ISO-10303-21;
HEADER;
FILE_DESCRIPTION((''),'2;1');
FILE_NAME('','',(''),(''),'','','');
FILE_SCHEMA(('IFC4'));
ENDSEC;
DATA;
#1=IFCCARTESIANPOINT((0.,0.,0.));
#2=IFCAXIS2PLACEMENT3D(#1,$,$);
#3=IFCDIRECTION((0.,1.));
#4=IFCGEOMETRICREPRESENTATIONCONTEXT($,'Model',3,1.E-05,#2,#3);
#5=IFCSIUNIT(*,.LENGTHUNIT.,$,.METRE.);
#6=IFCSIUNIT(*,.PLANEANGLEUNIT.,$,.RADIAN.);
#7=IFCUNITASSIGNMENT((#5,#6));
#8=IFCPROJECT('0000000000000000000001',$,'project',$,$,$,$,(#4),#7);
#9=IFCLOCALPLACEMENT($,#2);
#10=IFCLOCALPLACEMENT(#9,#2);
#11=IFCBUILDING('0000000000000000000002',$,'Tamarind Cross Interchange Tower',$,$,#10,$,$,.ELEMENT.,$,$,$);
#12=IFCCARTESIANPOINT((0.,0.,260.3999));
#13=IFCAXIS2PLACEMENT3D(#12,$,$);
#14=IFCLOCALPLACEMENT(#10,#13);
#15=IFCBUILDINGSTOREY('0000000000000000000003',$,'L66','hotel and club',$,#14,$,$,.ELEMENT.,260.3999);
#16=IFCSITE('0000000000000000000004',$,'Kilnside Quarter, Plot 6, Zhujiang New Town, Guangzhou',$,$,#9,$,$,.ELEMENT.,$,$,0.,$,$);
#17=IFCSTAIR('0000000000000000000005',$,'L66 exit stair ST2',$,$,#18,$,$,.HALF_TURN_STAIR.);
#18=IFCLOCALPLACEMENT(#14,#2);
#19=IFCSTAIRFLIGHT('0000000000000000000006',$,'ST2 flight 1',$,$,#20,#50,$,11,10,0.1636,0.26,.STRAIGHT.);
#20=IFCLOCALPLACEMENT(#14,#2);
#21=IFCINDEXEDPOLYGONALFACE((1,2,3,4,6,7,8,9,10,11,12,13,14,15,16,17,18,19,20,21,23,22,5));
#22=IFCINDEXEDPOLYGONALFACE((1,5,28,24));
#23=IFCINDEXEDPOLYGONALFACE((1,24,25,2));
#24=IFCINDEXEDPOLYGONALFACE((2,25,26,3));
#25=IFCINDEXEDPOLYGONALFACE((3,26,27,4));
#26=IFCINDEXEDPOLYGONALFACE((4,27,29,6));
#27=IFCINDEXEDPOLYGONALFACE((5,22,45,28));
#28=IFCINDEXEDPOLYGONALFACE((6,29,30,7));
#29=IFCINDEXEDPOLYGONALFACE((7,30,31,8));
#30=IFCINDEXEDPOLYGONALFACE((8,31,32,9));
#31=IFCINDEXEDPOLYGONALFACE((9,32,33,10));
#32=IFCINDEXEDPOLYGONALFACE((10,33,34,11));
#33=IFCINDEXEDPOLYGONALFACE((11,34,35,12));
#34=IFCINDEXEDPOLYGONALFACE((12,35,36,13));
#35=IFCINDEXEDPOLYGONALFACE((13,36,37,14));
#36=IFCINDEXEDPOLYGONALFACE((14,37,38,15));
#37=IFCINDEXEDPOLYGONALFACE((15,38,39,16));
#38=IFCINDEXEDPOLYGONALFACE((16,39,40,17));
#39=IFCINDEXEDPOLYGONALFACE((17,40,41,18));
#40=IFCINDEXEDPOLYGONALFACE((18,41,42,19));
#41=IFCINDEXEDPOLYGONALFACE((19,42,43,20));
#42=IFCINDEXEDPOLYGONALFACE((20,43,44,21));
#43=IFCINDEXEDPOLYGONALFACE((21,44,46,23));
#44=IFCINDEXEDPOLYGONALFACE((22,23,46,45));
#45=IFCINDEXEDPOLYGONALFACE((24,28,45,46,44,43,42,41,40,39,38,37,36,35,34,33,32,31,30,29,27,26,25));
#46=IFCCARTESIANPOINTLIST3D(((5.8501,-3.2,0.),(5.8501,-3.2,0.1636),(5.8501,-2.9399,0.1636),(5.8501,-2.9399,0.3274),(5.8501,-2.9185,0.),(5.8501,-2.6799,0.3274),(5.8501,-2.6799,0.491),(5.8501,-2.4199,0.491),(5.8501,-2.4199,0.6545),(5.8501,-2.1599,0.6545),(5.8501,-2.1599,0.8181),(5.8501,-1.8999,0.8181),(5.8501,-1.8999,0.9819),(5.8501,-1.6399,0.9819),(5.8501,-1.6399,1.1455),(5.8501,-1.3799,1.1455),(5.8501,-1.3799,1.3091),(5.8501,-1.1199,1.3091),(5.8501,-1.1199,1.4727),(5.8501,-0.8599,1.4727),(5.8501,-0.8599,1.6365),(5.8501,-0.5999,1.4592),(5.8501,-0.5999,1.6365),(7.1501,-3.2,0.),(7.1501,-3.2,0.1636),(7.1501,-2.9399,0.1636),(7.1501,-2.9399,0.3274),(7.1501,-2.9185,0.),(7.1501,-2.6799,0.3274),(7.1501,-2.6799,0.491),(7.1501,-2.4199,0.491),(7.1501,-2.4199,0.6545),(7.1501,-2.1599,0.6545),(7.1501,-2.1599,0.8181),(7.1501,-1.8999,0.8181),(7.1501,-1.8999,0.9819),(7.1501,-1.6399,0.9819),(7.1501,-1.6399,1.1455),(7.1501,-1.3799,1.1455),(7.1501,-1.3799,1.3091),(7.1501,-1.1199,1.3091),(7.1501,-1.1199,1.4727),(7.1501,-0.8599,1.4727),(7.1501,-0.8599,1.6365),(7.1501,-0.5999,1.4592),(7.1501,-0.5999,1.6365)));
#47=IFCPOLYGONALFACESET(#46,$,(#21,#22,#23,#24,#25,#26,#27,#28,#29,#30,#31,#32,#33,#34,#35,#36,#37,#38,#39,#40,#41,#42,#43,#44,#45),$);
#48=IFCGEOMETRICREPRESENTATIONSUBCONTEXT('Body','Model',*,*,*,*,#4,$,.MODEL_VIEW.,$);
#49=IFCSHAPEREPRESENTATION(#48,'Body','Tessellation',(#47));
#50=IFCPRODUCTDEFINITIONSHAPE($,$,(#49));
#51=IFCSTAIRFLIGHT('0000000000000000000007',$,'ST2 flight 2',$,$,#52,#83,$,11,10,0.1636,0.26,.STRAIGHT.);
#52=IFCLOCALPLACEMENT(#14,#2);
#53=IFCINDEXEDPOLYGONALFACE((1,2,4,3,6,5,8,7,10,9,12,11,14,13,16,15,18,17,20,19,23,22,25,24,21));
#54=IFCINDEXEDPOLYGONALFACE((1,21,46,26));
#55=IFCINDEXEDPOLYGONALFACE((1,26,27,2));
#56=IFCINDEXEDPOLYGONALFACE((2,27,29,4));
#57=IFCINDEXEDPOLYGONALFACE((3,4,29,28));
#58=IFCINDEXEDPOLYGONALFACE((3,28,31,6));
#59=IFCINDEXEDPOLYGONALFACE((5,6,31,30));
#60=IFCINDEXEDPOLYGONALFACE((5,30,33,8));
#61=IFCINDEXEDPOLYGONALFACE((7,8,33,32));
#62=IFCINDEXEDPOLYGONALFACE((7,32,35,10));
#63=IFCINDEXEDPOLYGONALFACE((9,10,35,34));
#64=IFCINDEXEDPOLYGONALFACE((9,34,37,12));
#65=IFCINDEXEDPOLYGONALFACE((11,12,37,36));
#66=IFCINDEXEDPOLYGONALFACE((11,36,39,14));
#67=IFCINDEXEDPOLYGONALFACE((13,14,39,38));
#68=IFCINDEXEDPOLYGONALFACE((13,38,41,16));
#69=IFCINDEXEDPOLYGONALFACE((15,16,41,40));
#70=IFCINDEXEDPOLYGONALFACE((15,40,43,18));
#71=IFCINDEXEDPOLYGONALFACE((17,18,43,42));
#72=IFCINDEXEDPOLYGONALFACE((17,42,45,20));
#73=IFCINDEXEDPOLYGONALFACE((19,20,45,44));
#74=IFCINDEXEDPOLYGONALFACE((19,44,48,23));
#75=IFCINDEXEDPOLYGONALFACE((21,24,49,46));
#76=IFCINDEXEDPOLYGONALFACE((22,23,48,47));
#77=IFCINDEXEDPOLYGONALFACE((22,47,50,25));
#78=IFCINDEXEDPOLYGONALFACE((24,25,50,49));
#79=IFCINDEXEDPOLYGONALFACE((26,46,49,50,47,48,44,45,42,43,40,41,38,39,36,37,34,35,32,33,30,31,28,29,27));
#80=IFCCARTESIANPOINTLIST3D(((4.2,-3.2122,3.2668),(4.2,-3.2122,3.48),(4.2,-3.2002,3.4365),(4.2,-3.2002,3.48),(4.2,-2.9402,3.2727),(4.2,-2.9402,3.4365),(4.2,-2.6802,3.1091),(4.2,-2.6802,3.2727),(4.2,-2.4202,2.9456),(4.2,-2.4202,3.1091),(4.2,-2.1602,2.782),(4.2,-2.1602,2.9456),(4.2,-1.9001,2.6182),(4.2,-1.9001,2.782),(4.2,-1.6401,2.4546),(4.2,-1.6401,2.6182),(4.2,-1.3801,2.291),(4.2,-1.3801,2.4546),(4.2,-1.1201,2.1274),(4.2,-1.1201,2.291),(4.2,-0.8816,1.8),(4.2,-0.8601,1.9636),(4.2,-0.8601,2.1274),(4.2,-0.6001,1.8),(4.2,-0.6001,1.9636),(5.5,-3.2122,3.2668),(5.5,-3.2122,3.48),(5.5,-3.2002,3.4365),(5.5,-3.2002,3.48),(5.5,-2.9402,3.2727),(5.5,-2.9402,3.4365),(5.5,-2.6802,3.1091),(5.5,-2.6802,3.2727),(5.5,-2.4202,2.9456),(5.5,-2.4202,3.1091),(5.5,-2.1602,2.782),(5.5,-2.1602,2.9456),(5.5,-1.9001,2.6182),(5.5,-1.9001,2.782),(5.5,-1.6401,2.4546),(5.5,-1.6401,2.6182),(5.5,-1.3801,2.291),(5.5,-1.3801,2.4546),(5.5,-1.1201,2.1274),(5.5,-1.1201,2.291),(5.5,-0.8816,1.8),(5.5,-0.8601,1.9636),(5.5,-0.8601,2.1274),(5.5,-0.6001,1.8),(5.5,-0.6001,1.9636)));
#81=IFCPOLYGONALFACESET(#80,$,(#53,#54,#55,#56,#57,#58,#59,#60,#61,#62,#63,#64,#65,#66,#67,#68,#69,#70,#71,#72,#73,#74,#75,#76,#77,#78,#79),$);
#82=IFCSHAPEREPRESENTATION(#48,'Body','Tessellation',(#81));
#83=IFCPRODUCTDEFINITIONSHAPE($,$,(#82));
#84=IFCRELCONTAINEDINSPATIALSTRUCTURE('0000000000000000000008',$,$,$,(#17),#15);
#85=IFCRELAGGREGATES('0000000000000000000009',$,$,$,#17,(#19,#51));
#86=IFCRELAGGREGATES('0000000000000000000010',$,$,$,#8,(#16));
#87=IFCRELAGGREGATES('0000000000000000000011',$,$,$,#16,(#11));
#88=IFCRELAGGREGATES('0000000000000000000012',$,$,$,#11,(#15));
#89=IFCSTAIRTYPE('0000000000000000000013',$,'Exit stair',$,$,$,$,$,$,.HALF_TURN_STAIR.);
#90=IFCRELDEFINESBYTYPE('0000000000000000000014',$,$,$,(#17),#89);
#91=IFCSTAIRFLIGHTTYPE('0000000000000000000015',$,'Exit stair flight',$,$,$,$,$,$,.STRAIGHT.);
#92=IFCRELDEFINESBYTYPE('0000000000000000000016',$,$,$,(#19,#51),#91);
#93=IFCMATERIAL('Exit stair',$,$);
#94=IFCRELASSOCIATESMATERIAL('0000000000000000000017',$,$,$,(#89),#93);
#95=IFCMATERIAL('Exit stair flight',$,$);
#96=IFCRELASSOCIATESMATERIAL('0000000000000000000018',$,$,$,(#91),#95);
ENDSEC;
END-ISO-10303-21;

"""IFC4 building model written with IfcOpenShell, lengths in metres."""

from ifc_helpers import new_model, si_unit, direction, frame, origin, place, context, subcontext, project, spatial, polyline, outline, extrude, material, type_object, element, aggregate, save


model = new_model("IFC4")

# Units and contexts
model_context = context("Model", 3, precision=1e-05, world=origin(), true_north=direction((0.0, 1.0)))
body_context = subcontext(model_context, "Body", "Model", "MODEL_VIEW")
ifc_project = project(units=[si_unit("LENGTHUNIT", "METRE"), si_unit("PLANEANGLEUNIT", "RADIAN")], contexts=[model_context])

# Site, building, storey
site_placement = place(None, origin())
site = spatial("IfcSite", under=ifc_project, at=site_placement, Name="Kilnside Quarter, Plot 6, Zhujiang New Town, Guangzhou", CompositionType="ELEMENT", RefElevation=0.0)
building_placement = place(site_placement, origin())
building = spatial("IfcBuilding", under=site, at=building_placement, Name="Tamarind Cross Interchange Tower", CompositionType="ELEMENT")
storey_placement = place(building_placement, frame((0.0, 0.0, 260.3999)))
storey = spatial("IfcBuildingStorey", under=building, at=storey_placement, Name="L66", Description="hotel and club", CompositionType="ELEMENT", Elevation=260.3999)

# Stair, stair flights
ifc_material_1 = material(Name="Exit stair")
stair_type = type_object("IfcStairType", Name="Exit stair", PredefinedType="HALF_TURN_STAIR", material=ifc_material_1)
stair_placement = place(storey_placement, origin())
stair = element("IfcStair", 1, at=stair_placement, inside=storey, type_object=stair_type, Name="L66 exit stair ST2", PredefinedType="HALF_TURN_STAIR")
ifc_material_2 = material(Name="Exit stair flight")
stair_flight_type = type_object("IfcStairFlightType", Name="Exit stair flight", PredefinedType="STRAIGHT", material=ifc_material_2)
stair_flight_1_placement = place(storey_placement, frame((6.5, -3.2, 0.0), z_axis=(0.0, 0.0, 1.0), x_axis=(0.0, 1.0, 0.0)))
stair_flight_1 = element("IfcStairFlight", 2, at=stair_flight_1_placement, type_object=stair_flight_type, Name="ST2 flight 1", NumberOfRisers=11, NumberOfTreads=10, PredefinedType="STRAIGHT", RiserHeight=0.1636, TreadLength=0.26, context=body_context, shape_type="SweptSolid", body=[
    extrude(outline(polyline([(0.0, 0.0), (0.0, 0.1636), (0.26, 0.1636), (0.26, 0.3274), (0.52, 0.3274), (0.52, 0.491), (0.78, 0.491), (0.78, 0.6545), (1.04, 0.6545), (1.04, 0.8181), (1.3, 0.8181), (1.3, 0.9819), (1.5601, 0.9819), (1.5601, 1.1455), (1.8201, 1.1455), (1.8201, 1.3091), (2.0801, 1.3091), (2.0801, 1.4727), (2.3401, 1.4727), (2.3401, 1.6365), (2.6001, 1.6365), (2.6001, 1.8), (2.6001, 1.4592), (0.2815, 0.0), (0.0, 0.0)])), frame((0.0, 0.6499, 0.0), z_axis=(0.0, -1.0, 0.0), x_axis=(1.0, 0.0, 0.0)), (0.0, 0.0, 1.0), 1.3),
])
stair_flight_2_placement = place(storey_placement, frame((4.8501, -0.6001, 1.8), z_axis=(0.0, 0.0, 1.0), x_axis=(0.0, -1.0, 0.0)))
stair_flight_2 = element("IfcStairFlight", 3, at=stair_flight_2_placement, type_object=stair_flight_type, Name="ST2 flight 2", NumberOfRisers=11, NumberOfTreads=10, PredefinedType="STRAIGHT", RiserHeight=0.1636, TreadLength=0.26, context=body_context, shape_type="SweptSolid", body=[
    extrude(outline(polyline([(0.0, 0.0), (0.0, 0.1636), (0.26, 0.1636), (0.26, 0.3274), (0.52, 0.3274), (0.52, 0.491), (0.78, 0.491), (0.78, 0.6545), (1.04, 0.6545), (1.04, 0.8181), (1.3, 0.8181), (1.3, 0.9819), (1.5601, 0.9819), (1.5601, 1.1455), (1.8201, 1.1455), (1.8201, 1.3091), (2.0801, 1.3091), (2.0801, 1.4727), (2.3401, 1.4727), (2.3401, 1.6365), (2.6001, 1.6365), (2.6001, 1.6799), (2.6121, 1.6799), (2.6121, 1.4668), (0.2815, 0.0), (0.0, 0.0)])), frame((0.0, 0.6499, 0.0), z_axis=(0.0, -1.0, 0.0), x_axis=(1.0, 0.0, 0.0)), (0.0, 0.0, 1.0), 1.3),
])
aggregate(stair, [stair_flight_1, stair_flight_2])

save(model, "model.ifc")
